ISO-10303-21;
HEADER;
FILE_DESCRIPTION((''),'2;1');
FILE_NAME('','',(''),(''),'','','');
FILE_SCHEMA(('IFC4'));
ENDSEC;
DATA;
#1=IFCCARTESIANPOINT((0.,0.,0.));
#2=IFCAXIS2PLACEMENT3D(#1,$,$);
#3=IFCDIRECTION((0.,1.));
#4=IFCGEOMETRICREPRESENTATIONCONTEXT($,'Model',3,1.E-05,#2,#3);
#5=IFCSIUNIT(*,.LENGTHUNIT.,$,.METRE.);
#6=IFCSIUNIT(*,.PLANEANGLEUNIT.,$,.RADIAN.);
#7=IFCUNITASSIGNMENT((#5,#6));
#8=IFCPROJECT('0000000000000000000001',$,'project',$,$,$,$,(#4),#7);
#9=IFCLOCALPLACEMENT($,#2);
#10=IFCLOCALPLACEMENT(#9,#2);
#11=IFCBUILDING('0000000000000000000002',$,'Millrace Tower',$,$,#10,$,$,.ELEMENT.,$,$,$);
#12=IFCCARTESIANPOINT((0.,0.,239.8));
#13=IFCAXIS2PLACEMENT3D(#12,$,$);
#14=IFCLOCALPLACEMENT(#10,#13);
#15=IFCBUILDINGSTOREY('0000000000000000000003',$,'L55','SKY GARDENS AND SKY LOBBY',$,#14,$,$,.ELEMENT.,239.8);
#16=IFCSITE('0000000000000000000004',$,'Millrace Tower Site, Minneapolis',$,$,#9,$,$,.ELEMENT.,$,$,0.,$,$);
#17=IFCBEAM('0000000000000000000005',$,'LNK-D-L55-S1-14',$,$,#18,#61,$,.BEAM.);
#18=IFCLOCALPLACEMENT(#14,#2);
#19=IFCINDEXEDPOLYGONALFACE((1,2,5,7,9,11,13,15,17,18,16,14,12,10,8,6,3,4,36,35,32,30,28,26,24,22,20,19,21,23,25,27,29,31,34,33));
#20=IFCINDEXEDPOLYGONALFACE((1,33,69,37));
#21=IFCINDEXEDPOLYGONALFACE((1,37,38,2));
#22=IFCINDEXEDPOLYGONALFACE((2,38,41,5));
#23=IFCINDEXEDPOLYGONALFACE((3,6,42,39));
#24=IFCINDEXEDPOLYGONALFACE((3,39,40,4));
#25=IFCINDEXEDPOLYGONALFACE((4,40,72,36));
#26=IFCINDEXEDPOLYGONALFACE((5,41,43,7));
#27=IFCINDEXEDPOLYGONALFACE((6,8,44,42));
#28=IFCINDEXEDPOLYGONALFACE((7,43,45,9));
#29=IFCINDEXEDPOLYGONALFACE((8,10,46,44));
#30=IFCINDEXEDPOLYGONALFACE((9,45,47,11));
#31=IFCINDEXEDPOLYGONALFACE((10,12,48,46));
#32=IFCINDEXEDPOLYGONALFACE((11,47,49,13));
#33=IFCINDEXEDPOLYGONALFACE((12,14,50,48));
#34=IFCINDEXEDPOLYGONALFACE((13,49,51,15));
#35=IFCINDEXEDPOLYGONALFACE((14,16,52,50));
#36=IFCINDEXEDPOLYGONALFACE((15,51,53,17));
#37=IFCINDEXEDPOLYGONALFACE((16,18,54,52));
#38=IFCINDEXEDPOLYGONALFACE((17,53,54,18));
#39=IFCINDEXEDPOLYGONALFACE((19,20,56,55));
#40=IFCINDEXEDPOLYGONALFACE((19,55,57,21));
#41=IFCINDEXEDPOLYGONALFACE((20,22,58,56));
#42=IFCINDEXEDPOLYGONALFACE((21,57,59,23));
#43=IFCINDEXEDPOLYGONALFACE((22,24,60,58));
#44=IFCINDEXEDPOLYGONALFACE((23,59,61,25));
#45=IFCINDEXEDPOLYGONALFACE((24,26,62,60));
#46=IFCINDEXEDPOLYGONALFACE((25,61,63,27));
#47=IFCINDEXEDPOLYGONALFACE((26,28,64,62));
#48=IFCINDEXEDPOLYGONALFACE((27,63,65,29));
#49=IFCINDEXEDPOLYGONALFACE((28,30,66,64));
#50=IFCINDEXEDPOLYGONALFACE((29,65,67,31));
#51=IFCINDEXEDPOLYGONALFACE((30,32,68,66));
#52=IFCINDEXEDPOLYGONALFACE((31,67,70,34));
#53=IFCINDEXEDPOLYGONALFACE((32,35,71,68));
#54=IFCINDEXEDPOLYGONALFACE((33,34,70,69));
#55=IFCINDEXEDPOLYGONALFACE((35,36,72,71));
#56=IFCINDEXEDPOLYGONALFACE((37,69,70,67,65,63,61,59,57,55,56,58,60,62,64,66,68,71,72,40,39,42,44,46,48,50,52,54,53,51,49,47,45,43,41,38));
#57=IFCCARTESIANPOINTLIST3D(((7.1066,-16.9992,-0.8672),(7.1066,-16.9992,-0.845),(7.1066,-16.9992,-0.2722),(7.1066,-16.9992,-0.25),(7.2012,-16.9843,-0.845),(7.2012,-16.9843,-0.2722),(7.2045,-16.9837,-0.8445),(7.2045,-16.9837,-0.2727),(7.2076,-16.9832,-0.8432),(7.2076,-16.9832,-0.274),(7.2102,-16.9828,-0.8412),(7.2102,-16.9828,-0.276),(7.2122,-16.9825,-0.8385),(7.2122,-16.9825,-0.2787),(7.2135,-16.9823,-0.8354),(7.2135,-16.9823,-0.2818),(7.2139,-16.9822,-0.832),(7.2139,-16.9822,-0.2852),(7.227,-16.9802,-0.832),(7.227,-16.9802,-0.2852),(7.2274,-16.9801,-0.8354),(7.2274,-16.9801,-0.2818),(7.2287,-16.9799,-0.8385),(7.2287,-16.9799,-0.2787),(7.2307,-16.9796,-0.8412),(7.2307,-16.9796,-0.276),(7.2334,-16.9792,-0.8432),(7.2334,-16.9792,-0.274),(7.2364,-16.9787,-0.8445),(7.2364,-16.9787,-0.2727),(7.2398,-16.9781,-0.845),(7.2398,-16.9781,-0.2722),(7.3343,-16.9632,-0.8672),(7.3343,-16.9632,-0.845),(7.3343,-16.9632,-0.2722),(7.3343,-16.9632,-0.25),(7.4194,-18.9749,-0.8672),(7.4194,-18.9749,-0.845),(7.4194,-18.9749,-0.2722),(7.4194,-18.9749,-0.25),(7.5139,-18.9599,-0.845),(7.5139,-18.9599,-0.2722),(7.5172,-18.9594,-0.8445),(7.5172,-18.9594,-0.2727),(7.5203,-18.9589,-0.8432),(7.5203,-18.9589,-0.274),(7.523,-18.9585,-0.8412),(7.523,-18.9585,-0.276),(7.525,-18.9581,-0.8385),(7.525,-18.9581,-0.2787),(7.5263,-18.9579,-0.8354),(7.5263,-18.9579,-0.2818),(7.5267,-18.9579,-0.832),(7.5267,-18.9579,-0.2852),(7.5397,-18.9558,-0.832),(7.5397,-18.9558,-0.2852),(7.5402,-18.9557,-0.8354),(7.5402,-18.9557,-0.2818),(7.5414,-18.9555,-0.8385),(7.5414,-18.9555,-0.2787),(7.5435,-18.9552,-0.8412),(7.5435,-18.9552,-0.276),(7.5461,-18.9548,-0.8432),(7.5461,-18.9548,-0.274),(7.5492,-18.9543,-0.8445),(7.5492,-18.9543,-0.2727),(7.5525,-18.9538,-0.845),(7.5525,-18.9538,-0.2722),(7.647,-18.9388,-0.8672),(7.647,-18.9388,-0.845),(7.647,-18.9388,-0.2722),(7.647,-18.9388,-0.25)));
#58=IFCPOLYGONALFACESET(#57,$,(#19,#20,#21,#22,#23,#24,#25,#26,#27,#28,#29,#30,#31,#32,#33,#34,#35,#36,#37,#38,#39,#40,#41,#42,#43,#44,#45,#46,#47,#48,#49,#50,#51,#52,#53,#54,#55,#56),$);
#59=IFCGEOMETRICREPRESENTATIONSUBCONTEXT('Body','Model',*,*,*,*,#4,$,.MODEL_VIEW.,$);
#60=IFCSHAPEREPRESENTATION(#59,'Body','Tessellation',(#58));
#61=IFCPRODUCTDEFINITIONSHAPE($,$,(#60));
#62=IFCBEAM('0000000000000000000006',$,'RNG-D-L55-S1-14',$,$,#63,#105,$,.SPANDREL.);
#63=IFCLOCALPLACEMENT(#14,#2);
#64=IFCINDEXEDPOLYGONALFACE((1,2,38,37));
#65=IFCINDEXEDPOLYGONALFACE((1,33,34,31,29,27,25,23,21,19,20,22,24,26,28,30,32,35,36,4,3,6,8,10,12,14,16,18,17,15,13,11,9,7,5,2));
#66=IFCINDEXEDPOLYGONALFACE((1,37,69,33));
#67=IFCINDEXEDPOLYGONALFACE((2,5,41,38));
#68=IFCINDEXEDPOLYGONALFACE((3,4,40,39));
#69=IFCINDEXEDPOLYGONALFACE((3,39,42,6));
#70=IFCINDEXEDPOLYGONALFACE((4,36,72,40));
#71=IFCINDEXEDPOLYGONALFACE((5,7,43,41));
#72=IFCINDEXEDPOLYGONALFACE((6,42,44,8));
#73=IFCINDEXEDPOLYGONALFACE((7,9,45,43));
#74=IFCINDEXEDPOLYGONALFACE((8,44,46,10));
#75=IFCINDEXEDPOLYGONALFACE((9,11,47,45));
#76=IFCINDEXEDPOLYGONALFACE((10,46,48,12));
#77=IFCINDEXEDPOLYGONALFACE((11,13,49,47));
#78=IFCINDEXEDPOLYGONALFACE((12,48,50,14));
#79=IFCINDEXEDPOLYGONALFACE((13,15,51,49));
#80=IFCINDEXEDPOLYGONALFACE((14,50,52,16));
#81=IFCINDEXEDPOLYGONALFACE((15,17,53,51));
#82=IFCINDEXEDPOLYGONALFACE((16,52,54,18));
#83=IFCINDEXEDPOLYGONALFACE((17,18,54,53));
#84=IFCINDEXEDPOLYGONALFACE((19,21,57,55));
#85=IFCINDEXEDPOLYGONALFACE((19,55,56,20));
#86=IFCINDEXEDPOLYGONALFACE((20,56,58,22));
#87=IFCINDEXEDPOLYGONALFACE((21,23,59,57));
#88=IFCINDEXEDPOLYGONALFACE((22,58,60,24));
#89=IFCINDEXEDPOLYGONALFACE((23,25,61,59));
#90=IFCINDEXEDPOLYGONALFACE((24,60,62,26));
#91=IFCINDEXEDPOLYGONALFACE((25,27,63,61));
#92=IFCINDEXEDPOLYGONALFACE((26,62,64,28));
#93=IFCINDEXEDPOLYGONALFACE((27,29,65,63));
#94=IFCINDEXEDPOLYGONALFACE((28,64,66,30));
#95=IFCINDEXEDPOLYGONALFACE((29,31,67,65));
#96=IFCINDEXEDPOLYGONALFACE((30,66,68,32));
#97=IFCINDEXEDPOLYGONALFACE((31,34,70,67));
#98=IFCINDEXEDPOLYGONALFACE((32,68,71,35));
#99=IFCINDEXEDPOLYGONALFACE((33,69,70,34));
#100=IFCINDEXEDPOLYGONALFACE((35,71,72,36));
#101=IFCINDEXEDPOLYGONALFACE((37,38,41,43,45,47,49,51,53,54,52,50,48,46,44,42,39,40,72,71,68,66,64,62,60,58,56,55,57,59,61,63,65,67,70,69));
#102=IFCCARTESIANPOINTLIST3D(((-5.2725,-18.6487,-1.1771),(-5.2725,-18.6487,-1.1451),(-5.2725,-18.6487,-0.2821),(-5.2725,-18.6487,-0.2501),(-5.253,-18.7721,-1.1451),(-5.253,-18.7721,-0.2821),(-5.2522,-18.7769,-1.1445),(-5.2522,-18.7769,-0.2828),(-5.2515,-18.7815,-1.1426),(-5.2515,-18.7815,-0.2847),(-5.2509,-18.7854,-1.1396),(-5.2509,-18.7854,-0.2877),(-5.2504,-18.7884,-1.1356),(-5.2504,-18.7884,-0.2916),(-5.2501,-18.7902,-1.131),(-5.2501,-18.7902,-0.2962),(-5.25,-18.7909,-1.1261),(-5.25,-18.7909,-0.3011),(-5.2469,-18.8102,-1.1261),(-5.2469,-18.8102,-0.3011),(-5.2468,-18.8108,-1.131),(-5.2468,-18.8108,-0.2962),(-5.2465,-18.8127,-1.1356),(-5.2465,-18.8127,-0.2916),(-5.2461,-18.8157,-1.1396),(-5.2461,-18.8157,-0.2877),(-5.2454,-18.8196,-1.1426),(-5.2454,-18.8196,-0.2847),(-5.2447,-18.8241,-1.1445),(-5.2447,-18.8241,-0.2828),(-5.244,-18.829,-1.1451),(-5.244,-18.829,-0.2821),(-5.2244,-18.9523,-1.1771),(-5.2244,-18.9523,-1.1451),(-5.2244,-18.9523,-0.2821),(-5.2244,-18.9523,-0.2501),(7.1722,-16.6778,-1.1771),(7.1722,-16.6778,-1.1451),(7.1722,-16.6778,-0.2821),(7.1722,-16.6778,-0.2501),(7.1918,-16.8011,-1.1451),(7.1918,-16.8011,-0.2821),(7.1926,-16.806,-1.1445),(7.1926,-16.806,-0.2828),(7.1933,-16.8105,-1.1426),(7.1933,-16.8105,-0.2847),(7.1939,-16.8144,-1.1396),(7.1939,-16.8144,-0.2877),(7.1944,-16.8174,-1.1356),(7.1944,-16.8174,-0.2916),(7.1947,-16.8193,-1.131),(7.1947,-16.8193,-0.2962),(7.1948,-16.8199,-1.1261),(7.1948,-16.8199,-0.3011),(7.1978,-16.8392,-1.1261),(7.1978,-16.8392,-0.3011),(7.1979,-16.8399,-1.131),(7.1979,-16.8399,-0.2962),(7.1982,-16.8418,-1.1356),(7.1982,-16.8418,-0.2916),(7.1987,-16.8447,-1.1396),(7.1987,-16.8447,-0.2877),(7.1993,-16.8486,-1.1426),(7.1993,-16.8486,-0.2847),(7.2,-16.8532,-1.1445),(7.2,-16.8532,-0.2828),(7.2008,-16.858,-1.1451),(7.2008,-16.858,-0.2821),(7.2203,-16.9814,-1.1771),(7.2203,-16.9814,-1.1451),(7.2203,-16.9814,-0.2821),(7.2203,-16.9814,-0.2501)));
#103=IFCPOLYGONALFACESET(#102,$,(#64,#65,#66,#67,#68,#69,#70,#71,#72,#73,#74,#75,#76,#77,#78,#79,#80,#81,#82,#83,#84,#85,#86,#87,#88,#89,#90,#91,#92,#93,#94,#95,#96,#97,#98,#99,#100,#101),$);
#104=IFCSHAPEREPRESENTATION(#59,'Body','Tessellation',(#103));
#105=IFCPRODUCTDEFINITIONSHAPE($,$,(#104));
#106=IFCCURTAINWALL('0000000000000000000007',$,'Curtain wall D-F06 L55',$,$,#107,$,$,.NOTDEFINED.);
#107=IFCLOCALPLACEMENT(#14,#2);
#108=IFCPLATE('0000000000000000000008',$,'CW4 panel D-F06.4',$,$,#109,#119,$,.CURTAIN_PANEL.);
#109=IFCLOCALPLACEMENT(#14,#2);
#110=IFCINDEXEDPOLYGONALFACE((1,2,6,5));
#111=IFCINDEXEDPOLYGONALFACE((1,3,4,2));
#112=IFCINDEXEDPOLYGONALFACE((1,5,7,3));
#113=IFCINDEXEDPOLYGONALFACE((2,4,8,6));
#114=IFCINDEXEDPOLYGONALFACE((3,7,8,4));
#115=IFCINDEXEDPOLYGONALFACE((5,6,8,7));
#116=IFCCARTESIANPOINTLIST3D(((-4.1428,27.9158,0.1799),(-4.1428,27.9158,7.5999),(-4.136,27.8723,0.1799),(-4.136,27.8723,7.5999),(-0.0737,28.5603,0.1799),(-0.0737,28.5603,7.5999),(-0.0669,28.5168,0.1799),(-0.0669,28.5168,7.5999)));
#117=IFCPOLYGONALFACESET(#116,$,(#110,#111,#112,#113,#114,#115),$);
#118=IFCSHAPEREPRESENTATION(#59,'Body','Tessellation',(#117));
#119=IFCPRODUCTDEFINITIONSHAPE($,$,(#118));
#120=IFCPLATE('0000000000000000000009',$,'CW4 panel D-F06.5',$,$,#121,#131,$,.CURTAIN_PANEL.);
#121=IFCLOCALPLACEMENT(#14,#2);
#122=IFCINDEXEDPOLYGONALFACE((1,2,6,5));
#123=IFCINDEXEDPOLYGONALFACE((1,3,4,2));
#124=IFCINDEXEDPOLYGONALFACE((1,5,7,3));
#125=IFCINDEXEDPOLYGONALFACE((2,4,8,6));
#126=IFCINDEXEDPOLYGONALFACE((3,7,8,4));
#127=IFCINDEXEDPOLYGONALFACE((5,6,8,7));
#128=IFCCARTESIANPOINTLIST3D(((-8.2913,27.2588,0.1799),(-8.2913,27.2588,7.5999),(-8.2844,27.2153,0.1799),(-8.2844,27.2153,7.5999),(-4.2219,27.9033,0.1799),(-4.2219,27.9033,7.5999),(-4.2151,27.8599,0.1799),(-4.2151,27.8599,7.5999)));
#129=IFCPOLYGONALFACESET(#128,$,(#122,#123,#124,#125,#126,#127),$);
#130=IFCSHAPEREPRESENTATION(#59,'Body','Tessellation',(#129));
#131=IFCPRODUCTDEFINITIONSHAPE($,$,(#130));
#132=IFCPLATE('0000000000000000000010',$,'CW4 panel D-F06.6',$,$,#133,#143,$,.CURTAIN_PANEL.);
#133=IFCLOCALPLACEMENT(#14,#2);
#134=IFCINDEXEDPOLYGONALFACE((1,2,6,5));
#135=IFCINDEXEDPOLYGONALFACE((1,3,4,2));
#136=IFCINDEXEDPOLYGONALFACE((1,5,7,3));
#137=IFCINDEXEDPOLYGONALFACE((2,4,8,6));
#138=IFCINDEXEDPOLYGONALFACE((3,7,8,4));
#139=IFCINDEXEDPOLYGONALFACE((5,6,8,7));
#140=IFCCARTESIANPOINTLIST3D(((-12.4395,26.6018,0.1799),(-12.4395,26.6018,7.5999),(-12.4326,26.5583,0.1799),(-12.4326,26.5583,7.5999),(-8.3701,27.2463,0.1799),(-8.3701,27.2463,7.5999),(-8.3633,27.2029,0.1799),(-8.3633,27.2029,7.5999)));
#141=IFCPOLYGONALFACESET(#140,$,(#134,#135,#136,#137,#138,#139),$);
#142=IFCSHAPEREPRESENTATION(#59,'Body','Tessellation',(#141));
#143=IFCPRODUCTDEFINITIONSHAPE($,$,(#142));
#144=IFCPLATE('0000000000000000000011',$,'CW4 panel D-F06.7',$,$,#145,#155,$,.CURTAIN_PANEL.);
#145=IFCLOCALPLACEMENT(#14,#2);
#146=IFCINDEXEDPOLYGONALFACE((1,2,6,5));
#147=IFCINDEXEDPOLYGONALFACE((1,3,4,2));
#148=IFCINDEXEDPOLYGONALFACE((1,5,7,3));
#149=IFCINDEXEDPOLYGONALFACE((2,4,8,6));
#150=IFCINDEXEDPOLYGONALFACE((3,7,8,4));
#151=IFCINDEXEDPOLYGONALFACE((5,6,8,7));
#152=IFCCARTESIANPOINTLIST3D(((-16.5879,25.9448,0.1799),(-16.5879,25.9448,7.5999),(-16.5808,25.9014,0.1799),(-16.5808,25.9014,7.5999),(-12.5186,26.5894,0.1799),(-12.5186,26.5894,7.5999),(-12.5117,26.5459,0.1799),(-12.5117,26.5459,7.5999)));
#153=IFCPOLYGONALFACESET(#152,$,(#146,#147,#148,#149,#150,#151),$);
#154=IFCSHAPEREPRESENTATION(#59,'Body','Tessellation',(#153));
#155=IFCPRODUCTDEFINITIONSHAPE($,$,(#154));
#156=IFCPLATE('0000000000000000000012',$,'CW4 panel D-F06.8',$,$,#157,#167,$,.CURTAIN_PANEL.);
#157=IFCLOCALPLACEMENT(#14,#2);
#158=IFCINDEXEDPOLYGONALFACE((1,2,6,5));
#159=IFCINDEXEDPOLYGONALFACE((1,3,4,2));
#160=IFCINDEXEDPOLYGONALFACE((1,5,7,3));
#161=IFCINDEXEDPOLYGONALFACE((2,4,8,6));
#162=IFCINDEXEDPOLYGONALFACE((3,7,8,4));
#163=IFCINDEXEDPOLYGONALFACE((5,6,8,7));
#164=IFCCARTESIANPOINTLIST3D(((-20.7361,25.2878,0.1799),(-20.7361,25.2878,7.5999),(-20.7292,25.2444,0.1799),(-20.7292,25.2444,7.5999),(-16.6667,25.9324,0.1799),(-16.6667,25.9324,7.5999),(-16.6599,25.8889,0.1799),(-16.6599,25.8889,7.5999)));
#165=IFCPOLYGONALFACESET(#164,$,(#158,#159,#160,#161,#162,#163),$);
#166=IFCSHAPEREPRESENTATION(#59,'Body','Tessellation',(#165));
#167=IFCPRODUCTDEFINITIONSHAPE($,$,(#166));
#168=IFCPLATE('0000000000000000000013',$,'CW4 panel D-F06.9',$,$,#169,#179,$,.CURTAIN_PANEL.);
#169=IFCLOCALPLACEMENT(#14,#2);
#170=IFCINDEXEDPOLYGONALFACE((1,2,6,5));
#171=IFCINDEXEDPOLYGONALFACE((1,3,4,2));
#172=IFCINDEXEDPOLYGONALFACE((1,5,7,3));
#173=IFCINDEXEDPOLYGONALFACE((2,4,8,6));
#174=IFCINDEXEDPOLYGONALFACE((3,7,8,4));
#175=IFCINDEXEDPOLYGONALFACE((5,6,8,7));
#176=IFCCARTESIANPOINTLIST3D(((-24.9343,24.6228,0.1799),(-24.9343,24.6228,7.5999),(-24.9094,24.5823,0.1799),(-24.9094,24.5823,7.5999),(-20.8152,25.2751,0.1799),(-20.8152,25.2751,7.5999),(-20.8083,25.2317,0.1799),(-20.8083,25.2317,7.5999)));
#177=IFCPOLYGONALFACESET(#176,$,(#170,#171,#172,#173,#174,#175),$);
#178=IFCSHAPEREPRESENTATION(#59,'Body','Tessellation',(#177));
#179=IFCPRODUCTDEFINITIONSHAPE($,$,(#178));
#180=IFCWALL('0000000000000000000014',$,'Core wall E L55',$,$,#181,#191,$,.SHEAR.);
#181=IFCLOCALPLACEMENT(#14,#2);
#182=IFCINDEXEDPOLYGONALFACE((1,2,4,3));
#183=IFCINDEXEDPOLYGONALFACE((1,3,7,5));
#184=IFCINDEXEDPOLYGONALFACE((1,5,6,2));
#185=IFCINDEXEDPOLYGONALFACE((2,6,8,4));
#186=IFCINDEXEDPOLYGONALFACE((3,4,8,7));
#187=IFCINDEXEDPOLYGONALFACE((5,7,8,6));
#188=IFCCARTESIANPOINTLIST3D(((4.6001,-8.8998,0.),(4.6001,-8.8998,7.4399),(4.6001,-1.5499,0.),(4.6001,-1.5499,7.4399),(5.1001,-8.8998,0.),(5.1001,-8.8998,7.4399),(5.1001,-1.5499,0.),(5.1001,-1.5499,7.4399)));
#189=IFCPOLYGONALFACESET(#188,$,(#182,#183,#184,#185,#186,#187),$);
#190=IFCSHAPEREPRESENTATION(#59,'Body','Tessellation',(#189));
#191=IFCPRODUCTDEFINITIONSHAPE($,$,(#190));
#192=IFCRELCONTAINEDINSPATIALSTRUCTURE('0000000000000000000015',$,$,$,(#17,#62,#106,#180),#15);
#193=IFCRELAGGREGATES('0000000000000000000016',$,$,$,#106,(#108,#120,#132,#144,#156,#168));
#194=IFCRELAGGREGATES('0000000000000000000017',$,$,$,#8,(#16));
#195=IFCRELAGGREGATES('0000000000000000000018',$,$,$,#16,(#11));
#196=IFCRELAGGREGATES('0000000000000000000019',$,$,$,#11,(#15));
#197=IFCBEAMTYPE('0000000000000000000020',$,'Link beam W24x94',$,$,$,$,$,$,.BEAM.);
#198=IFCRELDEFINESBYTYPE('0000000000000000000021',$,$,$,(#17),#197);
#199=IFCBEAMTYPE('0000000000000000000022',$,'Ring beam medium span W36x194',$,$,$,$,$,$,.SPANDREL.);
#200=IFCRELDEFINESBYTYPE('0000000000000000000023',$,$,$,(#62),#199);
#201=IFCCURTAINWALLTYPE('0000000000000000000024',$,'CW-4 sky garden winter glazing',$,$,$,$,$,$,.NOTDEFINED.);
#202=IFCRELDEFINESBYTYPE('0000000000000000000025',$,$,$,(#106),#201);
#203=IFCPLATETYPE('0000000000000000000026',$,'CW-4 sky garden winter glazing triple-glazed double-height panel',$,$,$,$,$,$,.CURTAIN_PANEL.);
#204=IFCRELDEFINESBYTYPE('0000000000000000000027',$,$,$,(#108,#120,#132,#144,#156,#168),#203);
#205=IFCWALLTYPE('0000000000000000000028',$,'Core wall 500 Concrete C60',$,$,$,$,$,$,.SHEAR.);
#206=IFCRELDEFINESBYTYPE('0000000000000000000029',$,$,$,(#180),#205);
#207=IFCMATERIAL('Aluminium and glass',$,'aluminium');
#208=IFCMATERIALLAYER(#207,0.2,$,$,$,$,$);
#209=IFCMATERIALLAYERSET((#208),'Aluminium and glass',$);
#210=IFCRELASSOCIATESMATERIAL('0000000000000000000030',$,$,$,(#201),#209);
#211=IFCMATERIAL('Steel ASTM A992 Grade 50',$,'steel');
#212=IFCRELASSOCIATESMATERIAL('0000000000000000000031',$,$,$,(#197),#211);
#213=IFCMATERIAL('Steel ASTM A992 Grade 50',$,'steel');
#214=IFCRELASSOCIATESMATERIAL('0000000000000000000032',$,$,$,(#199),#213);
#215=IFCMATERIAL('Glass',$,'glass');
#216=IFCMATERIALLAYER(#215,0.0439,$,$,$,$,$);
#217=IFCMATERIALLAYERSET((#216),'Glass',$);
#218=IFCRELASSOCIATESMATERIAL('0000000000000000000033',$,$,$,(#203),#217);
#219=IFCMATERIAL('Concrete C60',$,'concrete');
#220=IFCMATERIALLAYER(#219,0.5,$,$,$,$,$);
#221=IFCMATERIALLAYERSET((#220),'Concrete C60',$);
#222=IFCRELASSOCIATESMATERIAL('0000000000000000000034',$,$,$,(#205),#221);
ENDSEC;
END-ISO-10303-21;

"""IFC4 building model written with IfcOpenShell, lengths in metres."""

from ifc_helpers import new_model, si_unit, direction, frame, frame_2d, origin, origin_2d, place, context, subcontext, project, spatial, polyline, rectangle, i_section, outline, extrude, material, layer, layer_set, material_profile, profile_set, type_object, element, aggregate, save


model = new_model("IFC4")

# Units and contexts
model_context = context("Model", 3, precision=1e-05, world=origin(), true_north=direction((0.0, 1.0)))
body_context = subcontext(model_context, "Body", "Model", "MODEL_VIEW")
ifc_project = project(units=[si_unit("LENGTHUNIT", "METRE"), si_unit("PLANEANGLEUNIT", "RADIAN")], contexts=[model_context])

# Site, building, storey
site_placement = place(None, origin())
site = spatial("IfcSite", under=ifc_project, at=site_placement, Name="Millrace Tower Site, Minneapolis", CompositionType="ELEMENT", RefElevation=0.0)
building_placement = place(site_placement, origin())
building = spatial("IfcBuilding", under=site, at=building_placement, Name="Millrace Tower", CompositionType="ELEMENT")
storey_placement = place(building_placement, frame((0.0, 0.0, 239.8)))
storey = spatial("IfcBuildingStorey", under=building, at=storey_placement, Name="L55", Description="SKY GARDENS AND SKY LOBBY", CompositionType="ELEMENT", Elevation=239.8)

# Shared definitions
ifc_material_1 = material(Name="Aluminium and glass", Category="aluminium")
ifc_layer_1 = layer(ifc_material_1, 0.2)
ifc_layer_set_1 = layer_set([ifc_layer_1], Name="Aluminium and glass")
curtain_wall_type = type_object("IfcCurtainWallType", Name="CW-4 sky garden winter glazing", PredefinedType="NOTDEFINED", material=ifc_layer_set_1)
placement_1 = place(storey_placement, origin())

# Beams
ifc_material_2 = material(Name="Steel ASTM A992 Grade 50", Category="steel")
ifc_material_profile_1 = material_profile(ifc_material_2, i_section(OverallWidth=0.2305, OverallDepth=0.6172, WebThickness=0.0132, FlangeThickness=0.0222, FilletRadius=0.0129, at=origin_2d()))
ifc_profile_set_1 = profile_set([ifc_material_profile_1], Name="Steel ASTM A992 Grade 50")
beam_type_1 = type_object("IfcBeamType", Name="Link beam W24x94", PredefinedType="BEAM", material=ifc_profile_set_1)
beam_1_placement = place(storey_placement, frame((7.2205, -16.9812, -0.5586), z_axis=(0.156357, -0.987701, 0.0), x_axis=(0.987701, 0.156357, 0.0)))
element("IfcBeam", 1, at=beam_1_placement, inside=storey, type_object=beam_type_1, Name="LNK-D-L55-S1-14", PredefinedType="BEAM", context=body_context, shape_type="SweptSolid", body=[
    extrude(i_section(OverallWidth=0.2305, OverallDepth=0.6172, WebThickness=0.0132, FlangeThickness=0.0222, FilletRadius=0.0129, at=origin_2d()), origin(), (0.0, 0.0, 1.0), 2.0002),
])
ifc_material_3 = material(Name="Steel ASTM A992 Grade 50", Category="steel")
ifc_material_profile_2 = material_profile(ifc_material_3, i_section(OverallWidth=0.3074, OverallDepth=0.927, WebThickness=0.0195, FlangeThickness=0.032, FilletRadius=0.019, at=origin_2d()))
ifc_profile_set_2 = profile_set([ifc_material_profile_2], Name="Steel ASTM A992 Grade 50")
beam_type_2 = type_object("IfcBeamType", Name="Ring beam medium span W36x194", PredefinedType="SPANDREL", material=ifc_profile_set_2)
beam_2_placement = place(storey_placement, frame((7.1963, -16.8296, -0.7136), z_axis=(-0.98769, -0.156425, 0.0), x_axis=(0.156425, -0.98769, 0.0)))
element("IfcBeam", 2, at=beam_2_placement, inside=storey, type_object=beam_type_2, Name="RNG-D-L55-S1-14", PredefinedType="SPANDREL", context=body_context, shape_type="SweptSolid", body=[
    extrude(i_section(OverallWidth=0.3074, OverallDepth=0.927, WebThickness=0.0195, FlangeThickness=0.032, FilletRadius=0.019, at=origin_2d()), origin(), (0.0, 0.0, 1.0), 12.5999),
])

# Curtain wall, plates
curtain_wall_1 = element("IfcCurtainWall", 3, at=placement_1, inside=storey, type_object=curtain_wall_type, Name="Curtain wall D-F06 L55", PredefinedType="NOTDEFINED")
ifc_material_4 = material(Name="Glass", Category="glass")
ifc_layer_2 = layer(ifc_material_4, 0.0439)
ifc_layer_set_2 = layer_set([ifc_layer_2], Name="Glass")
plate_type = type_object("IfcPlateType", Name="CW-4 sky garden winter glazing triple-glazed double-height panel", PredefinedType="CURTAIN_PANEL", material=ifc_layer_set_2)
placement_2 = place(storey_placement, frame((0.0, 0.0, 0.1799)))
plate_1 = element("IfcPlate", 4, at=placement_2, type_object=plate_type, Name="CW4 panel D-F06.4", PredefinedType="CURTAIN_PANEL", context=body_context, shape_type="SweptSolid", body=[
    extrude(outline(polyline([(-0.0737, 28.5603), (-4.1428, 27.9158), (-4.136, 27.8723), (-0.0669, 28.5168), (-0.0737, 28.5603)])), origin(), (0.0, 0.0, 1.0), 7.4199),
])
plate_2 = element("IfcPlate", 5, at=placement_2, type_object=plate_type, Name="CW4 panel D-F06.5", PredefinedType="CURTAIN_PANEL", context=body_context, shape_type="SweptSolid", body=[
    extrude(outline(polyline([(-4.2219, 27.9033), (-8.2913, 27.2588), (-8.2844, 27.2153), (-4.2151, 27.8599), (-4.2219, 27.9033)])), origin(), (0.0, 0.0, 1.0), 7.4199),
])
plate_3 = element("IfcPlate", 6, at=placement_2, type_object=plate_type, Name="CW4 panel D-F06.6", PredefinedType="CURTAIN_PANEL", context=body_context, shape_type="SweptSolid", body=[
    extrude(outline(polyline([(-8.3701, 27.2463), (-12.4395, 26.6018), (-12.4326, 26.5583), (-8.3633, 27.2029), (-8.3701, 27.2463)])), origin(), (0.0, 0.0, 1.0), 7.4199),
])
plate_4 = element("IfcPlate", 7, at=placement_2, type_object=plate_type, Name="CW4 panel D-F06.7", PredefinedType="CURTAIN_PANEL", context=body_context, shape_type="SweptSolid", body=[
    extrude(outline(polyline([(-12.5186, 26.5894), (-16.5879, 25.9448), (-16.5808, 25.9014), (-12.5117, 26.5459), (-12.5186, 26.5894)])), origin(), (0.0, 0.0, 1.0), 7.4199),
])
plate_5 = element("IfcPlate", 8, at=placement_2, type_object=plate_type, Name="CW4 panel D-F06.8", PredefinedType="CURTAIN_PANEL", context=body_context, shape_type="SweptSolid", body=[
    extrude(outline(polyline([(-16.6667, 25.9324), (-20.7361, 25.2878), (-20.7292, 25.2444), (-16.6599, 25.8889), (-16.6667, 25.9324)])), origin(), (0.0, 0.0, 1.0), 7.4199),
])
plate_6 = element("IfcPlate", 9, at=placement_2, type_object=plate_type, Name="CW4 panel D-F06.9", PredefinedType="CURTAIN_PANEL", context=body_context, shape_type="SweptSolid", body=[
    extrude(outline(polyline([(-20.8152, 25.2751), (-24.9343, 24.6228), (-24.9094, 24.5823), (-20.8083, 25.2317), (-20.8152, 25.2751)])), origin(), (0.0, 0.0, 1.0), 7.4199),
])
aggregate(curtain_wall_1, [plate_1, plate_2, plate_3, plate_4, plate_5, plate_6])

# Wall
ifc_material_5 = material(Name="Concrete C60", Category="concrete")
ifc_layer_3 = layer(ifc_material_5, 0.5)
ifc_layer_set_3 = layer_set([ifc_layer_3], Name="Concrete C60")
wall_type_1 = type_object("IfcWallType", Name="Core wall 500 Concrete C60", PredefinedType="SHEAR", material=ifc_layer_set_3)
wall_1_placement = place(storey_placement, frame((4.8501, -1.55, 0.0), z_axis=(0.0, 0.0, 1.0), x_axis=(0.0, -1.0, 0.0)))
element("IfcWall", 10, at=wall_1_placement, inside=storey, type_object=wall_type_1, Name="Core wall E L55", PredefinedType="SHEAR", context=body_context, shape_type="SweptSolid", body=[
    extrude(rectangle(XDim=7.3499, YDim=0.5, at=frame_2d((3.6748, 0.0))), origin(), (0.0, 0.0, 1.0), 7.4399),
])

save(model, "model.ifc")
